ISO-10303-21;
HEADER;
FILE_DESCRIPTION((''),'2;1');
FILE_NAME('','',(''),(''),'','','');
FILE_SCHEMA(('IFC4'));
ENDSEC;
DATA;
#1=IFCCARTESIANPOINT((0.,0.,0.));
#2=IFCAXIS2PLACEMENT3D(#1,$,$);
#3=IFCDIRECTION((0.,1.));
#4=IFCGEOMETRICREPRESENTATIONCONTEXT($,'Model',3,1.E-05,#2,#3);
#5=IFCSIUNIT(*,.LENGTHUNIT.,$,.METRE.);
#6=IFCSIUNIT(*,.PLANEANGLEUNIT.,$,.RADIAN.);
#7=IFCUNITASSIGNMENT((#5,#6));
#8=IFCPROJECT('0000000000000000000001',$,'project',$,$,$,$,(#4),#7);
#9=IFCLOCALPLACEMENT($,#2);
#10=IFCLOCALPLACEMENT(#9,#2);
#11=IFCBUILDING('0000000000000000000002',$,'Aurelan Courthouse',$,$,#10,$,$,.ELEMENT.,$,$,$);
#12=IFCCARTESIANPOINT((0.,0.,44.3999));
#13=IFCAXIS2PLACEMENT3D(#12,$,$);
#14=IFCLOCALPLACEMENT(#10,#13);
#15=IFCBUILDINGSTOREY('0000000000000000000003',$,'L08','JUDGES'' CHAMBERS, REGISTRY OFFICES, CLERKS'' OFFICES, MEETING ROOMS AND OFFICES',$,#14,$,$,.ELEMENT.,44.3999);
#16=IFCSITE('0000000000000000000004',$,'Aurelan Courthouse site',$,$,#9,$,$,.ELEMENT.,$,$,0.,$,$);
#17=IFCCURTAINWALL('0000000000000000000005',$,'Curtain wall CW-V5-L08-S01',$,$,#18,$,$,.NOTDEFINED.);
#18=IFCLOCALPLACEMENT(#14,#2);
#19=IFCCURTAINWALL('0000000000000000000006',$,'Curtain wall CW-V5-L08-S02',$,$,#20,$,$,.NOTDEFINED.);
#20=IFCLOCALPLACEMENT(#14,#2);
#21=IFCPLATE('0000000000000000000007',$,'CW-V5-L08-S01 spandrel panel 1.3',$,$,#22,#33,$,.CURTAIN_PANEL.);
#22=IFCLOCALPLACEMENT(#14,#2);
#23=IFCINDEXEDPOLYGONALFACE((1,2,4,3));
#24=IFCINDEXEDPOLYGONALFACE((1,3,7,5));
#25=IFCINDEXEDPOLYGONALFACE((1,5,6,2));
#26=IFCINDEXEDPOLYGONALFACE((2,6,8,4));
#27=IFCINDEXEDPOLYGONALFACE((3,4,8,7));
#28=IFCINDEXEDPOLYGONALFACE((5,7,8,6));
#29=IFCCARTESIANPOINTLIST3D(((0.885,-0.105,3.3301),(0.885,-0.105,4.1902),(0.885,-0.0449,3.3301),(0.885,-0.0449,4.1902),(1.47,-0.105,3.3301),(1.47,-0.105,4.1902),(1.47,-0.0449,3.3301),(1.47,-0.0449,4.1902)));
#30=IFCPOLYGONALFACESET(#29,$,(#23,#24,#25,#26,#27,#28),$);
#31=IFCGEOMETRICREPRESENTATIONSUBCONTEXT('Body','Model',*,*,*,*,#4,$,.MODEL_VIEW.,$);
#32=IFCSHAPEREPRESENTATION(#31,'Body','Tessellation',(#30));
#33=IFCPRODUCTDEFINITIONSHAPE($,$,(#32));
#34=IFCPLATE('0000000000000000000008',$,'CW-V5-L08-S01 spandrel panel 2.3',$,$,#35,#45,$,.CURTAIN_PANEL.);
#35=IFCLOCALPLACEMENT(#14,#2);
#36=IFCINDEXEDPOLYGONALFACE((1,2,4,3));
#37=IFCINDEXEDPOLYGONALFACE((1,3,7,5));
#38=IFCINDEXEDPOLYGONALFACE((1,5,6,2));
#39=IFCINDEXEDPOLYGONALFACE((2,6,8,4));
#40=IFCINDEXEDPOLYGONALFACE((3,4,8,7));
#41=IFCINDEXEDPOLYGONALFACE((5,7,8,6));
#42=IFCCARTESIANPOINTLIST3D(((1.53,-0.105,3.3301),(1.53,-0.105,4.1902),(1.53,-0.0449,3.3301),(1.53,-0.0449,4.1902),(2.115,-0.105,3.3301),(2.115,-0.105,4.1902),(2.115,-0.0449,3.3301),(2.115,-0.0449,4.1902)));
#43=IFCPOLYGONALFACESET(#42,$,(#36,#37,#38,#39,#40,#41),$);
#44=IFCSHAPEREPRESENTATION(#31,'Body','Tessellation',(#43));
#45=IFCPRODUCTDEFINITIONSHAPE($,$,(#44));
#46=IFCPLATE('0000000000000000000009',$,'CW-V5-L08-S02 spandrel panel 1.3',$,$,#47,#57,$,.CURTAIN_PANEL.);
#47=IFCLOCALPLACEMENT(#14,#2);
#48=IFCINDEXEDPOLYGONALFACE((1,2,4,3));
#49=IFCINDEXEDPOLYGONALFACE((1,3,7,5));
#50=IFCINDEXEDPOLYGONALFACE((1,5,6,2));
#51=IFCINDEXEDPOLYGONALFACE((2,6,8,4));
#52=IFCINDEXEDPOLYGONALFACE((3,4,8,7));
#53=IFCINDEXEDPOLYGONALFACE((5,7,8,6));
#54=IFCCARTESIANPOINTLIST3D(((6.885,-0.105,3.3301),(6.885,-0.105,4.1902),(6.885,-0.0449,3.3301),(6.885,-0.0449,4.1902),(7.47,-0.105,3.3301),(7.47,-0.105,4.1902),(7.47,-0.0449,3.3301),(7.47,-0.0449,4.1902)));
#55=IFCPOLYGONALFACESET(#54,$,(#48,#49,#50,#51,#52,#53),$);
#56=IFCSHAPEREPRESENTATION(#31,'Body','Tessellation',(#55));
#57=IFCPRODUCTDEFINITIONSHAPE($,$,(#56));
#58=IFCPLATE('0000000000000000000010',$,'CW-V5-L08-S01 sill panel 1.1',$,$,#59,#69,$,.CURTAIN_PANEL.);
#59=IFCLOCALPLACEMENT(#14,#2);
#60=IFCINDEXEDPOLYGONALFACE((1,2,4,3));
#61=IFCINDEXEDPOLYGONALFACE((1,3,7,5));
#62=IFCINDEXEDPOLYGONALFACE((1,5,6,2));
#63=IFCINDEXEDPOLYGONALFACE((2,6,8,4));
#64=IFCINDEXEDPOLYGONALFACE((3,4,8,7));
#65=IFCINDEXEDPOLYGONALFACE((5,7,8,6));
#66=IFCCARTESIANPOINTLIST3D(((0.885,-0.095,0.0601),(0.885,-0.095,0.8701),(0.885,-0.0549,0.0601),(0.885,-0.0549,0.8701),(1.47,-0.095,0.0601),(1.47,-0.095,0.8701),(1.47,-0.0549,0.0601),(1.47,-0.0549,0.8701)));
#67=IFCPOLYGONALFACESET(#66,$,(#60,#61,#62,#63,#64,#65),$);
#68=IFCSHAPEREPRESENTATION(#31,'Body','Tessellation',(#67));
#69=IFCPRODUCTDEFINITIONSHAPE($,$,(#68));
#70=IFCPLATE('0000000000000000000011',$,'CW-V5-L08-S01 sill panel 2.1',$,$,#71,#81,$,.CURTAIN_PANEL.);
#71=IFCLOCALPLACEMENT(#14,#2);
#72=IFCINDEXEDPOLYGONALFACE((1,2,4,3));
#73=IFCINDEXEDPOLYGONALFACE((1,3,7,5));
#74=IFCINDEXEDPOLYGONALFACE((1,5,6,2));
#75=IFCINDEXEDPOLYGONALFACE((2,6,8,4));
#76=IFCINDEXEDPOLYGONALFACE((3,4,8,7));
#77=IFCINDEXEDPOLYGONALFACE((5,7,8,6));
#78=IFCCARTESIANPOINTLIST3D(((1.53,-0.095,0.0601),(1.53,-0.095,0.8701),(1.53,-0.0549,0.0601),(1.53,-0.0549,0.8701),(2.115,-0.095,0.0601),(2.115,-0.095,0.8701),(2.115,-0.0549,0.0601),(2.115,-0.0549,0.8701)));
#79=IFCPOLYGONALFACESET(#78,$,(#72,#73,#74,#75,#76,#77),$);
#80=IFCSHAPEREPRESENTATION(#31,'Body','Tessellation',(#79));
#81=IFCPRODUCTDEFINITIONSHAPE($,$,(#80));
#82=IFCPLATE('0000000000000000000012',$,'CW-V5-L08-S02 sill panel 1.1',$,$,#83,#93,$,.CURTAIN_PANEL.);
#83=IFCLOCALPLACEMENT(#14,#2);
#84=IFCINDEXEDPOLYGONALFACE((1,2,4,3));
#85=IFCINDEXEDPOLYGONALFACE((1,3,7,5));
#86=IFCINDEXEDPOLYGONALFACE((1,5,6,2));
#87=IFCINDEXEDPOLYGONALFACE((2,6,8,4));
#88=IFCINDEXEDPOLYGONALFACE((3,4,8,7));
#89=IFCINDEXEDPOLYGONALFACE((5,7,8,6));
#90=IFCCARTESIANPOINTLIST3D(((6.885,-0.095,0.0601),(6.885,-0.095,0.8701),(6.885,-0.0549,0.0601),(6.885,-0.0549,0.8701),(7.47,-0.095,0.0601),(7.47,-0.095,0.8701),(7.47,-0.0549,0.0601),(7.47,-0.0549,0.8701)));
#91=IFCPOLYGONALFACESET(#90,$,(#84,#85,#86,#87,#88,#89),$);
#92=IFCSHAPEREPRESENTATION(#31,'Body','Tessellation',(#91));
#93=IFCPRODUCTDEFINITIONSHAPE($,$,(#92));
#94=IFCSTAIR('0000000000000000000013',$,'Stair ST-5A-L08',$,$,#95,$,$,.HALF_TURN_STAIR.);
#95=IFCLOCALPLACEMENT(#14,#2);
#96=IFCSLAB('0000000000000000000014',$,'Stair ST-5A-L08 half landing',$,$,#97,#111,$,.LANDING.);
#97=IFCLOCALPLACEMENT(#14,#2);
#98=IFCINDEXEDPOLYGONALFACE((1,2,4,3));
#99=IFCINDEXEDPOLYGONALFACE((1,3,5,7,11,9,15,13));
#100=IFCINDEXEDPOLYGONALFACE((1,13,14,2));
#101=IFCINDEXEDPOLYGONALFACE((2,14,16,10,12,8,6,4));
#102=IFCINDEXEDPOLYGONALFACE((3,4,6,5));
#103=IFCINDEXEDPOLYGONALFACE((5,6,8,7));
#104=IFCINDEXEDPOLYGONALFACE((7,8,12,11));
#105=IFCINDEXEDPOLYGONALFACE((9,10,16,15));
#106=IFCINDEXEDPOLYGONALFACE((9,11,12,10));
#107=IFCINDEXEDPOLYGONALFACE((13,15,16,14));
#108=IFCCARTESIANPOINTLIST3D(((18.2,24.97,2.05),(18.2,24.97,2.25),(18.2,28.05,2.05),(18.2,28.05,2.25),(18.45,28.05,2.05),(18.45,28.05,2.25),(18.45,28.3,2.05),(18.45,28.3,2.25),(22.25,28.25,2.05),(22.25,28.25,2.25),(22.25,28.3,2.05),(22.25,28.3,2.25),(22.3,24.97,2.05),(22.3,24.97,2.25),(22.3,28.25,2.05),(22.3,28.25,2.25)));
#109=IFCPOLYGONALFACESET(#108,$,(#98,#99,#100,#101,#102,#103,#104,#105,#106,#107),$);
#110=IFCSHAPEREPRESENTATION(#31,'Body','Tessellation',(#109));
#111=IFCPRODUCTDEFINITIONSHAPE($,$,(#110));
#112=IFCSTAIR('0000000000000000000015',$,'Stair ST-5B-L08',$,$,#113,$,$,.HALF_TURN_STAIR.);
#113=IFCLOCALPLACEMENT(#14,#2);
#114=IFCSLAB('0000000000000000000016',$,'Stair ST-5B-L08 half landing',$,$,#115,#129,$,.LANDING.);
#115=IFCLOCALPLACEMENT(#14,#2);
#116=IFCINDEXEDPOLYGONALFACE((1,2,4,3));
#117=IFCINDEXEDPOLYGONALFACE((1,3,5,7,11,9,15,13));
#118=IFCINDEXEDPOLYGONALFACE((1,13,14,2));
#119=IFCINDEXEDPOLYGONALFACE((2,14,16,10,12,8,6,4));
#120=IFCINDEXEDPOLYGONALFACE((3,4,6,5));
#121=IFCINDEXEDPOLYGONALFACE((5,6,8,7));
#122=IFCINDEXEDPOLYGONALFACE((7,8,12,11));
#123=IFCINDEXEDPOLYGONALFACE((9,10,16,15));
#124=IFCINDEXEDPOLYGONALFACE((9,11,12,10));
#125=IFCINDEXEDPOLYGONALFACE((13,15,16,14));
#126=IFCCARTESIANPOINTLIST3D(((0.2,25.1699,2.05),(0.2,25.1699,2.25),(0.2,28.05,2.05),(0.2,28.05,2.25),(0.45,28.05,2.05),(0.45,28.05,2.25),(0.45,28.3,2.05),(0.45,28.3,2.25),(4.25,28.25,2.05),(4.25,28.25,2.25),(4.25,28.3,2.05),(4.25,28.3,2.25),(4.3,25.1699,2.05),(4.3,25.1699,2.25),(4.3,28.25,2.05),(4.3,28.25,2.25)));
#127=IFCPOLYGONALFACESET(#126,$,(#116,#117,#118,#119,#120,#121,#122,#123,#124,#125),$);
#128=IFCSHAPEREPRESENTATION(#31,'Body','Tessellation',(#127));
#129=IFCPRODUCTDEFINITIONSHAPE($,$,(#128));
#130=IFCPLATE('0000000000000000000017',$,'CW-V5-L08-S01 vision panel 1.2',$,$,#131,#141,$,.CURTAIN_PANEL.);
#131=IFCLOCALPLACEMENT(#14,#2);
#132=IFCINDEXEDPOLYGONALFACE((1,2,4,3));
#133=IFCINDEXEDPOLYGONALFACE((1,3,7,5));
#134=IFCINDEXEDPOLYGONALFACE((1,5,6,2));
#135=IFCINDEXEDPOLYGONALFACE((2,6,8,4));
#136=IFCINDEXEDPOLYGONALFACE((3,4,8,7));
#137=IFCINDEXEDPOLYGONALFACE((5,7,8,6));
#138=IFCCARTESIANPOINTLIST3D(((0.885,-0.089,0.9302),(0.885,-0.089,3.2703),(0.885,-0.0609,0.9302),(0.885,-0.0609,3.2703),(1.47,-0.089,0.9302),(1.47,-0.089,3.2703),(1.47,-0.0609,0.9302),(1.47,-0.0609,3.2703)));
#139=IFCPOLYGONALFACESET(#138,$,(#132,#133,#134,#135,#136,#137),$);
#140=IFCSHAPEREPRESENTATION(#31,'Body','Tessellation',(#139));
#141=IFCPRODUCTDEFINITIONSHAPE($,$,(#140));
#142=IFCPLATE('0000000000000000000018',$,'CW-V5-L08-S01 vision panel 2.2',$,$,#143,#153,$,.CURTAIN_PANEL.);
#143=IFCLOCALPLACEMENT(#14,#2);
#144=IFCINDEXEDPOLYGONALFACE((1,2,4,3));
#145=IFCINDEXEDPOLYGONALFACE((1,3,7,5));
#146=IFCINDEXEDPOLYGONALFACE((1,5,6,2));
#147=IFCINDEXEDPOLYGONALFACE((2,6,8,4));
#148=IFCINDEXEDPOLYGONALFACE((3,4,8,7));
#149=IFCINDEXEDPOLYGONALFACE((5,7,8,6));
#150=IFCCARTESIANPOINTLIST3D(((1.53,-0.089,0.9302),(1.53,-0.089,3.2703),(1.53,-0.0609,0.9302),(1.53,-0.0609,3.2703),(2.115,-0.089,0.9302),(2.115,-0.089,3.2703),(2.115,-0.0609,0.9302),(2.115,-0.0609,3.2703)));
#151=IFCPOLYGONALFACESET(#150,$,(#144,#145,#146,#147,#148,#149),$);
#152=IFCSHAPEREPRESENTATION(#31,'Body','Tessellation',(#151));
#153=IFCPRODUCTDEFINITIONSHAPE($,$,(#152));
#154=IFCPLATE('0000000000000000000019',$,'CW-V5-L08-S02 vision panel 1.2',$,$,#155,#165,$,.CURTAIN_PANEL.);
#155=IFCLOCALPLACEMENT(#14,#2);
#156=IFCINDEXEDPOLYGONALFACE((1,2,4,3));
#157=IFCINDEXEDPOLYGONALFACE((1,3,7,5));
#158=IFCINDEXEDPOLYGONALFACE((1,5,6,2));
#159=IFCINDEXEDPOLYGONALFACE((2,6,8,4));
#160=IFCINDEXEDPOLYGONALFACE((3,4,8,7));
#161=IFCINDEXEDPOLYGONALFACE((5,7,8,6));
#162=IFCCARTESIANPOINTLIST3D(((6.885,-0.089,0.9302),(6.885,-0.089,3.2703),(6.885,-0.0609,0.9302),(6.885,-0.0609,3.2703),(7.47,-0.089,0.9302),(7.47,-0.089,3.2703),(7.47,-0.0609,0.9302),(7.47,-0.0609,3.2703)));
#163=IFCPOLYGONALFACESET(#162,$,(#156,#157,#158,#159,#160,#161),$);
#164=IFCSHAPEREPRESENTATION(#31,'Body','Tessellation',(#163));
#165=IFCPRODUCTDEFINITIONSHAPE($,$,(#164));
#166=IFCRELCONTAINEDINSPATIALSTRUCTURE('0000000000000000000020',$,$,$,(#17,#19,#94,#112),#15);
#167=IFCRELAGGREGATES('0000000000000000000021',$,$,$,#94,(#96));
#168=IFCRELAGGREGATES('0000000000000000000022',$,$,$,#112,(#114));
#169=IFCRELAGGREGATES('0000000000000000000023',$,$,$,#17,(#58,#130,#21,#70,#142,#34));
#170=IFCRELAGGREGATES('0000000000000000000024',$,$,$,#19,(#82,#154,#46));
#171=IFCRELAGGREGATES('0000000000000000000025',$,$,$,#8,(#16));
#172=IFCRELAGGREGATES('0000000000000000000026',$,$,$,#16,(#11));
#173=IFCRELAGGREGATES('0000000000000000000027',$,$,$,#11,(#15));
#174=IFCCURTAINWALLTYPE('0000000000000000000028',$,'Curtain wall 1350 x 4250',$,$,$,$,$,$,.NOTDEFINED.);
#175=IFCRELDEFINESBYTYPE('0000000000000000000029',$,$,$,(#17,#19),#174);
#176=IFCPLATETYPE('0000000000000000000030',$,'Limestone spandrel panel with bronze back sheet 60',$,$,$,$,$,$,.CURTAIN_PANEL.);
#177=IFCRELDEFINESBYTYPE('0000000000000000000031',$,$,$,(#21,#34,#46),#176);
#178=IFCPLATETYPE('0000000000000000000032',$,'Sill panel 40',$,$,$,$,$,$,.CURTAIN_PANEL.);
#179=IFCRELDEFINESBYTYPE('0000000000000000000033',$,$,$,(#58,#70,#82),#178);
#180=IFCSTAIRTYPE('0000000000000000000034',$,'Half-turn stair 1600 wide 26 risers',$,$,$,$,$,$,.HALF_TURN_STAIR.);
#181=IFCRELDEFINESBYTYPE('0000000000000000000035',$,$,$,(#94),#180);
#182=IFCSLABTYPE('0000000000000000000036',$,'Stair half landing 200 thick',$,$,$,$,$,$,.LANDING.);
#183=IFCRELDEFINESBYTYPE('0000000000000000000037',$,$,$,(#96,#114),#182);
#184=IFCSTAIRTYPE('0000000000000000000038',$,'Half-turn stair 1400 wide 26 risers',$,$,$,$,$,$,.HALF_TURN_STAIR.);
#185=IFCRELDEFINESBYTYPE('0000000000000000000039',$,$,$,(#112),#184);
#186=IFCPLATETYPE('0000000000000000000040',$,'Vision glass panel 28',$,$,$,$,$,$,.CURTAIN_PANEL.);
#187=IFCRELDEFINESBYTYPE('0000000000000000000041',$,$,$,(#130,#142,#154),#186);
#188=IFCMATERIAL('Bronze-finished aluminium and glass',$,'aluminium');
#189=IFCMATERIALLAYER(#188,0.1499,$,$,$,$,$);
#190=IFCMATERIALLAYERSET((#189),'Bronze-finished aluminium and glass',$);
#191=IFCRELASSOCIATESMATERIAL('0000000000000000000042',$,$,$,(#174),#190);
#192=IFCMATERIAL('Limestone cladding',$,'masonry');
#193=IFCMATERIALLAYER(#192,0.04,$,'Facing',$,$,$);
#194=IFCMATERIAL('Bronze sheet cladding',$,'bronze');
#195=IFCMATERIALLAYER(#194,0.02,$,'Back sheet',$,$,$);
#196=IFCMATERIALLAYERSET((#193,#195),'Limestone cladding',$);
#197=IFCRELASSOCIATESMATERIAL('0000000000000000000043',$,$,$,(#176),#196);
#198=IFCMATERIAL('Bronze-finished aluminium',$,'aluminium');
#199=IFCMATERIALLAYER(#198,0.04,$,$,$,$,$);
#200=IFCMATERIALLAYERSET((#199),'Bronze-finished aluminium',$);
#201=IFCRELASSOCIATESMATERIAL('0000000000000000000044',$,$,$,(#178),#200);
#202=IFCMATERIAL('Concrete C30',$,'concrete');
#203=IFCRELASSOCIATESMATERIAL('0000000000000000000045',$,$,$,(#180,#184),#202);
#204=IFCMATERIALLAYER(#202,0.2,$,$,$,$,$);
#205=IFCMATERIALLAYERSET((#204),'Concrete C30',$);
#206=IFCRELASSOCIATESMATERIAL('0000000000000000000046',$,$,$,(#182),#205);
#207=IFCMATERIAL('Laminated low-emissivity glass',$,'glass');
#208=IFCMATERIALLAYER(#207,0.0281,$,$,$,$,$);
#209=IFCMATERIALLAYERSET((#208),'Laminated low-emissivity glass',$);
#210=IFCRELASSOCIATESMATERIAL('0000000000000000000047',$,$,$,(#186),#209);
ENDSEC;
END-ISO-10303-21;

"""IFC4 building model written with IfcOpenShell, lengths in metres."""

from ifc_helpers import new_model, si_unit, direction, frame, origin, origin_2d, place, context, subcontext, project, spatial, polyline, rectangle, outline, extrude, material, layer, layer_set, type_object, element, aggregate, save


model = new_model("IFC4")

# Units and contexts
model_context = context("Model", 3, precision=1e-05, world=origin(), true_north=direction((0.0, 1.0)))
body_context = subcontext(model_context, "Body", "Model", "MODEL_VIEW")
ifc_project = project(units=[si_unit("LENGTHUNIT", "METRE"), si_unit("PLANEANGLEUNIT", "RADIAN")], contexts=[model_context])

# Site, building, storey
site_placement = place(None, origin())
site = spatial("IfcSite", under=ifc_project, at=site_placement, Name="Aurelan Courthouse site", CompositionType="ELEMENT", RefElevation=0.0)
building_placement = place(site_placement, origin())
building = spatial("IfcBuilding", under=site, at=building_placement, Name="Aurelan Courthouse", CompositionType="ELEMENT")
storey_placement = place(building_placement, frame((0.0, 0.0, 44.3999)))
storey = spatial("IfcBuildingStorey", under=building, at=storey_placement, Name="L08", Description="JUDGES' CHAMBERS, REGISTRY OFFICES, CLERKS' OFFICES, MEETING ROOMS AND OFFICES", CompositionType="ELEMENT", Elevation=44.3999)

# Curtain walls
ifc_material_1 = material(Name="Bronze-finished aluminium and glass", Category="aluminium")
ifc_layer_1 = layer(ifc_material_1, 0.1499)
ifc_layer_set_1 = layer_set([ifc_layer_1], Name="Bronze-finished aluminium and glass")
curtain_wall_type = type_object("IfcCurtainWallType", Name="Curtain wall 1350 x 4250", PredefinedType="NOTDEFINED", material=ifc_layer_set_1)
curtain_wall_1_placement = place(storey_placement, origin())
curtain_wall_1 = element("IfcCurtainWall", 1, at=curtain_wall_1_placement, inside=storey, type_object=curtain_wall_type, Name="Curtain wall CW-V5-L08-S01", PredefinedType="NOTDEFINED")
ifc_material_2 = material(Name="Bronze-finished aluminium", Category="aluminium")
curtain_wall_2_placement = place(storey_placement, origin())
curtain_wall_2 = element("IfcCurtainWall", 2, at=curtain_wall_2_placement, inside=storey, type_object=curtain_wall_type, Name="Curtain wall CW-V5-L08-S02", PredefinedType="NOTDEFINED")

# Plates
ifc_material_3 = material(Name="Limestone cladding", Category="masonry")
ifc_layer_2 = layer(ifc_material_3, 0.04, Name="Facing")
ifc_material_4 = material(Name="Bronze sheet cladding", Category="bronze")
ifc_layer_3 = layer(ifc_material_4, 0.02, Name="Back sheet")
ifc_layer_set_2 = layer_set([ifc_layer_2, ifc_layer_3], Name="Limestone cladding")
plate_type_1 = type_object("IfcPlateType", Name="Limestone spandrel panel with bronze back sheet 60", PredefinedType="CURTAIN_PANEL", material=ifc_layer_set_2)
plate_1_placement = place(storey_placement, frame((1.1775, -0.075, 3.3301), z_axis=(0.0, 0.0, 1.0), x_axis=(1.0, 0.0, 0.0)))
plate_1 = element("IfcPlate", 3, at=plate_1_placement, type_object=plate_type_1, Name="CW-V5-L08-S01 spandrel panel 1.3", PredefinedType="CURTAIN_PANEL", context=body_context, shape_type="SweptSolid", body=[
    extrude(rectangle(XDim=0.585, YDim=0.0601, at=origin_2d()), origin(), (0.0, 0.0, 1.0), 0.8601),
])
plate_2_placement = place(storey_placement, frame((1.8225, -0.075, 3.3301), z_axis=(0.0, 0.0, 1.0), x_axis=(1.0, 0.0, 0.0)))
plate_2 = element("IfcPlate", 4, at=plate_2_placement, type_object=plate_type_1, Name="CW-V5-L08-S01 spandrel panel 2.3", PredefinedType="CURTAIN_PANEL", context=body_context, shape_type="SweptSolid", body=[
    extrude(rectangle(XDim=0.585, YDim=0.0601, at=origin_2d()), origin(), (0.0, 0.0, 1.0), 0.8601),
])
plate_3_placement = place(storey_placement, frame((7.1775, -0.075, 3.3301), z_axis=(0.0, 0.0, 1.0), x_axis=(1.0, 0.0, 0.0)))
plate_3 = element("IfcPlate", 5, at=plate_3_placement, type_object=plate_type_1, Name="CW-V5-L08-S02 spandrel panel 1.3", PredefinedType="CURTAIN_PANEL", context=body_context, shape_type="SweptSolid", body=[
    extrude(rectangle(XDim=0.585, YDim=0.0601, at=origin_2d()), origin(), (0.0, 0.0, 1.0), 0.8601),
])
ifc_layer_4 = layer(ifc_material_2, 0.04)
ifc_layer_set_3 = layer_set([ifc_layer_4], Name="Bronze-finished aluminium")
plate_type_2 = type_object("IfcPlateType", Name="Sill panel 40", PredefinedType="CURTAIN_PANEL", material=ifc_layer_set_3)
plate_4_placement = place(storey_placement, frame((1.1775, -0.075, 0.0601), z_axis=(0.0, 0.0, 1.0), x_axis=(1.0, 0.0, 0.0)))
plate_4 = element("IfcPlate", 6, at=plate_4_placement, type_object=plate_type_2, Name="CW-V5-L08-S01 sill panel 1.1", PredefinedType="CURTAIN_PANEL", context=body_context, shape_type="SweptSolid", body=[
    extrude(rectangle(XDim=0.585, YDim=0.04, at=origin_2d()), origin(), (0.0, 0.0, 1.0), 0.8101),
])
plate_5_placement = place(storey_placement, frame((1.8225, -0.075, 0.0601), z_axis=(0.0, 0.0, 1.0), x_axis=(1.0, 0.0, 0.0)))
plate_5 = element("IfcPlate", 7, at=plate_5_placement, type_object=plate_type_2, Name="CW-V5-L08-S01 sill panel 2.1", PredefinedType="CURTAIN_PANEL", context=body_context, shape_type="SweptSolid", body=[
    extrude(rectangle(XDim=0.585, YDim=0.04, at=origin_2d()), origin(), (0.0, 0.0, 1.0), 0.8101),
])
plate_6_placement = place(storey_placement, frame((7.1775, -0.075, 0.0601), z_axis=(0.0, 0.0, 1.0), x_axis=(1.0, 0.0, 0.0)))
plate_6 = element("IfcPlate", 8, at=plate_6_placement, type_object=plate_type_2, Name="CW-V5-L08-S02 sill panel 1.1", PredefinedType="CURTAIN_PANEL", context=body_context, shape_type="SweptSolid", body=[
    extrude(rectangle(XDim=0.585, YDim=0.04, at=origin_2d()), origin(), (0.0, 0.0, 1.0), 0.8101),
])

# Stairs, slabs
ifc_material_5 = material(Name="Concrete C30", Category="concrete")
stair_type_1 = type_object("IfcStairType", Name="Half-turn stair 1600 wide 26 risers", PredefinedType="HALF_TURN_STAIR", material=ifc_material_5)
stair_1_placement = place(storey_placement, origin())
stair_1 = element("IfcStair", 9, at=stair_1_placement, inside=storey, type_object=stair_type_1, Name="Stair ST-5A-L08", PredefinedType="HALF_TURN_STAIR")
ifc_layer_5 = layer(ifc_material_5, 0.2)
ifc_layer_set_4 = layer_set([ifc_layer_5], Name="Concrete C30")
slab_type_1 = type_object("IfcSlabType", Name="Stair half landing 200 thick", PredefinedType="LANDING", material=ifc_layer_set_4)
slab_1_placement = place(storey_placement, frame((0.0, 0.0, 2.05)))
slab_1 = element("IfcSlab", 10, at=slab_1_placement, type_object=slab_type_1, Name="Stair ST-5A-L08 half landing", PredefinedType="LANDING", context=body_context, shape_type="SweptSolid", body=[
    extrude(outline(polyline([(22.3, 24.97), (18.2, 24.97), (18.2, 28.05), (18.45, 28.05), (18.45, 28.3), (22.25, 28.3), (22.25, 28.25), (22.3, 28.25), (22.3, 24.97)])), origin(), (0.0, 0.0, 1.0), 0.2),
])
aggregate(stair_1, [slab_1])
stair_type_2 = type_object("IfcStairType", Name="Half-turn stair 1400 wide 26 risers", PredefinedType="HALF_TURN_STAIR", material=ifc_material_5)
stair_2_placement = place(storey_placement, origin())
stair_2 = element("IfcStair", 11, at=stair_2_placement, inside=storey, type_object=stair_type_2, Name="Stair ST-5B-L08", PredefinedType="HALF_TURN_STAIR")
slab_2_placement = place(storey_placement, frame((0.0, 0.0, 2.05)))
slab_2 = element("IfcSlab", 12, at=slab_2_placement, type_object=slab_type_1, Name="Stair ST-5B-L08 half landing", PredefinedType="LANDING", context=body_context, shape_type="SweptSolid", body=[
    extrude(outline(polyline([(4.3, 25.1699), (0.2, 25.1699), (0.2, 28.05), (0.45, 28.05), (0.45, 28.3), (4.25, 28.3), (4.25, 28.25), (4.3, 28.25), (4.3, 25.1699)])), origin(), (0.0, 0.0, 1.0), 0.2),
])
aggregate(stair_2, [slab_2])

# Plates
ifc_material_6 = material(Name="Laminated low-emissivity glass", Category="glass")
ifc_layer_6 = layer(ifc_material_6, 0.0281)
ifc_layer_set_5 = layer_set([ifc_layer_6], Name="Laminated low-emissivity glass")
plate_type_3 = type_object("IfcPlateType", Name="Vision glass panel 28", PredefinedType="CURTAIN_PANEL", material=ifc_layer_set_5)
plate_7_placement = place(storey_placement, frame((1.1775, -0.075, 0.9302), z_axis=(0.0, 0.0, 1.0), x_axis=(1.0, 0.0, 0.0)))
plate_7 = element("IfcPlate", 13, at=plate_7_placement, type_object=plate_type_3, Name="CW-V5-L08-S01 vision panel 1.2", PredefinedType="CURTAIN_PANEL", context=body_context, shape_type="SweptSolid", body=[
    extrude(rectangle(XDim=0.585, YDim=0.0281, at=origin_2d()), origin(), (0.0, 0.0, 1.0), 2.3401),
])
plate_8_placement = place(storey_placement, frame((1.8225, -0.075, 0.9302), z_axis=(0.0, 0.0, 1.0), x_axis=(1.0, 0.0, 0.0)))
plate_8 = element("IfcPlate", 14, at=plate_8_placement, type_object=plate_type_3, Name="CW-V5-L08-S01 vision panel 2.2", PredefinedType="CURTAIN_PANEL", context=body_context, shape_type="SweptSolid", body=[
    extrude(rectangle(XDim=0.585, YDim=0.0281, at=origin_2d()), origin(), (0.0, 0.0, 1.0), 2.3401),
])
aggregate(curtain_wall_1, [plate_4, plate_7, plate_1, plate_5, plate_8, plate_2])
plate_9_placement = place(storey_placement, frame((7.1775, -0.075, 0.9302), z_axis=(0.0, 0.0, 1.0), x_axis=(1.0, 0.0, 0.0)))
plate_9 = element("IfcPlate", 15, at=plate_9_placement, type_object=plate_type_3, Name="CW-V5-L08-S02 vision panel 1.2", PredefinedType="CURTAIN_PANEL", context=body_context, shape_type="SweptSolid", body=[
    extrude(rectangle(XDim=0.585, YDim=0.0281, at=origin_2d()), origin(), (0.0, 0.0, 1.0), 2.3401),
])
aggregate(curtain_wall_2, [plate_6, plate_9, plate_3])

save(model, "model.ifc")
